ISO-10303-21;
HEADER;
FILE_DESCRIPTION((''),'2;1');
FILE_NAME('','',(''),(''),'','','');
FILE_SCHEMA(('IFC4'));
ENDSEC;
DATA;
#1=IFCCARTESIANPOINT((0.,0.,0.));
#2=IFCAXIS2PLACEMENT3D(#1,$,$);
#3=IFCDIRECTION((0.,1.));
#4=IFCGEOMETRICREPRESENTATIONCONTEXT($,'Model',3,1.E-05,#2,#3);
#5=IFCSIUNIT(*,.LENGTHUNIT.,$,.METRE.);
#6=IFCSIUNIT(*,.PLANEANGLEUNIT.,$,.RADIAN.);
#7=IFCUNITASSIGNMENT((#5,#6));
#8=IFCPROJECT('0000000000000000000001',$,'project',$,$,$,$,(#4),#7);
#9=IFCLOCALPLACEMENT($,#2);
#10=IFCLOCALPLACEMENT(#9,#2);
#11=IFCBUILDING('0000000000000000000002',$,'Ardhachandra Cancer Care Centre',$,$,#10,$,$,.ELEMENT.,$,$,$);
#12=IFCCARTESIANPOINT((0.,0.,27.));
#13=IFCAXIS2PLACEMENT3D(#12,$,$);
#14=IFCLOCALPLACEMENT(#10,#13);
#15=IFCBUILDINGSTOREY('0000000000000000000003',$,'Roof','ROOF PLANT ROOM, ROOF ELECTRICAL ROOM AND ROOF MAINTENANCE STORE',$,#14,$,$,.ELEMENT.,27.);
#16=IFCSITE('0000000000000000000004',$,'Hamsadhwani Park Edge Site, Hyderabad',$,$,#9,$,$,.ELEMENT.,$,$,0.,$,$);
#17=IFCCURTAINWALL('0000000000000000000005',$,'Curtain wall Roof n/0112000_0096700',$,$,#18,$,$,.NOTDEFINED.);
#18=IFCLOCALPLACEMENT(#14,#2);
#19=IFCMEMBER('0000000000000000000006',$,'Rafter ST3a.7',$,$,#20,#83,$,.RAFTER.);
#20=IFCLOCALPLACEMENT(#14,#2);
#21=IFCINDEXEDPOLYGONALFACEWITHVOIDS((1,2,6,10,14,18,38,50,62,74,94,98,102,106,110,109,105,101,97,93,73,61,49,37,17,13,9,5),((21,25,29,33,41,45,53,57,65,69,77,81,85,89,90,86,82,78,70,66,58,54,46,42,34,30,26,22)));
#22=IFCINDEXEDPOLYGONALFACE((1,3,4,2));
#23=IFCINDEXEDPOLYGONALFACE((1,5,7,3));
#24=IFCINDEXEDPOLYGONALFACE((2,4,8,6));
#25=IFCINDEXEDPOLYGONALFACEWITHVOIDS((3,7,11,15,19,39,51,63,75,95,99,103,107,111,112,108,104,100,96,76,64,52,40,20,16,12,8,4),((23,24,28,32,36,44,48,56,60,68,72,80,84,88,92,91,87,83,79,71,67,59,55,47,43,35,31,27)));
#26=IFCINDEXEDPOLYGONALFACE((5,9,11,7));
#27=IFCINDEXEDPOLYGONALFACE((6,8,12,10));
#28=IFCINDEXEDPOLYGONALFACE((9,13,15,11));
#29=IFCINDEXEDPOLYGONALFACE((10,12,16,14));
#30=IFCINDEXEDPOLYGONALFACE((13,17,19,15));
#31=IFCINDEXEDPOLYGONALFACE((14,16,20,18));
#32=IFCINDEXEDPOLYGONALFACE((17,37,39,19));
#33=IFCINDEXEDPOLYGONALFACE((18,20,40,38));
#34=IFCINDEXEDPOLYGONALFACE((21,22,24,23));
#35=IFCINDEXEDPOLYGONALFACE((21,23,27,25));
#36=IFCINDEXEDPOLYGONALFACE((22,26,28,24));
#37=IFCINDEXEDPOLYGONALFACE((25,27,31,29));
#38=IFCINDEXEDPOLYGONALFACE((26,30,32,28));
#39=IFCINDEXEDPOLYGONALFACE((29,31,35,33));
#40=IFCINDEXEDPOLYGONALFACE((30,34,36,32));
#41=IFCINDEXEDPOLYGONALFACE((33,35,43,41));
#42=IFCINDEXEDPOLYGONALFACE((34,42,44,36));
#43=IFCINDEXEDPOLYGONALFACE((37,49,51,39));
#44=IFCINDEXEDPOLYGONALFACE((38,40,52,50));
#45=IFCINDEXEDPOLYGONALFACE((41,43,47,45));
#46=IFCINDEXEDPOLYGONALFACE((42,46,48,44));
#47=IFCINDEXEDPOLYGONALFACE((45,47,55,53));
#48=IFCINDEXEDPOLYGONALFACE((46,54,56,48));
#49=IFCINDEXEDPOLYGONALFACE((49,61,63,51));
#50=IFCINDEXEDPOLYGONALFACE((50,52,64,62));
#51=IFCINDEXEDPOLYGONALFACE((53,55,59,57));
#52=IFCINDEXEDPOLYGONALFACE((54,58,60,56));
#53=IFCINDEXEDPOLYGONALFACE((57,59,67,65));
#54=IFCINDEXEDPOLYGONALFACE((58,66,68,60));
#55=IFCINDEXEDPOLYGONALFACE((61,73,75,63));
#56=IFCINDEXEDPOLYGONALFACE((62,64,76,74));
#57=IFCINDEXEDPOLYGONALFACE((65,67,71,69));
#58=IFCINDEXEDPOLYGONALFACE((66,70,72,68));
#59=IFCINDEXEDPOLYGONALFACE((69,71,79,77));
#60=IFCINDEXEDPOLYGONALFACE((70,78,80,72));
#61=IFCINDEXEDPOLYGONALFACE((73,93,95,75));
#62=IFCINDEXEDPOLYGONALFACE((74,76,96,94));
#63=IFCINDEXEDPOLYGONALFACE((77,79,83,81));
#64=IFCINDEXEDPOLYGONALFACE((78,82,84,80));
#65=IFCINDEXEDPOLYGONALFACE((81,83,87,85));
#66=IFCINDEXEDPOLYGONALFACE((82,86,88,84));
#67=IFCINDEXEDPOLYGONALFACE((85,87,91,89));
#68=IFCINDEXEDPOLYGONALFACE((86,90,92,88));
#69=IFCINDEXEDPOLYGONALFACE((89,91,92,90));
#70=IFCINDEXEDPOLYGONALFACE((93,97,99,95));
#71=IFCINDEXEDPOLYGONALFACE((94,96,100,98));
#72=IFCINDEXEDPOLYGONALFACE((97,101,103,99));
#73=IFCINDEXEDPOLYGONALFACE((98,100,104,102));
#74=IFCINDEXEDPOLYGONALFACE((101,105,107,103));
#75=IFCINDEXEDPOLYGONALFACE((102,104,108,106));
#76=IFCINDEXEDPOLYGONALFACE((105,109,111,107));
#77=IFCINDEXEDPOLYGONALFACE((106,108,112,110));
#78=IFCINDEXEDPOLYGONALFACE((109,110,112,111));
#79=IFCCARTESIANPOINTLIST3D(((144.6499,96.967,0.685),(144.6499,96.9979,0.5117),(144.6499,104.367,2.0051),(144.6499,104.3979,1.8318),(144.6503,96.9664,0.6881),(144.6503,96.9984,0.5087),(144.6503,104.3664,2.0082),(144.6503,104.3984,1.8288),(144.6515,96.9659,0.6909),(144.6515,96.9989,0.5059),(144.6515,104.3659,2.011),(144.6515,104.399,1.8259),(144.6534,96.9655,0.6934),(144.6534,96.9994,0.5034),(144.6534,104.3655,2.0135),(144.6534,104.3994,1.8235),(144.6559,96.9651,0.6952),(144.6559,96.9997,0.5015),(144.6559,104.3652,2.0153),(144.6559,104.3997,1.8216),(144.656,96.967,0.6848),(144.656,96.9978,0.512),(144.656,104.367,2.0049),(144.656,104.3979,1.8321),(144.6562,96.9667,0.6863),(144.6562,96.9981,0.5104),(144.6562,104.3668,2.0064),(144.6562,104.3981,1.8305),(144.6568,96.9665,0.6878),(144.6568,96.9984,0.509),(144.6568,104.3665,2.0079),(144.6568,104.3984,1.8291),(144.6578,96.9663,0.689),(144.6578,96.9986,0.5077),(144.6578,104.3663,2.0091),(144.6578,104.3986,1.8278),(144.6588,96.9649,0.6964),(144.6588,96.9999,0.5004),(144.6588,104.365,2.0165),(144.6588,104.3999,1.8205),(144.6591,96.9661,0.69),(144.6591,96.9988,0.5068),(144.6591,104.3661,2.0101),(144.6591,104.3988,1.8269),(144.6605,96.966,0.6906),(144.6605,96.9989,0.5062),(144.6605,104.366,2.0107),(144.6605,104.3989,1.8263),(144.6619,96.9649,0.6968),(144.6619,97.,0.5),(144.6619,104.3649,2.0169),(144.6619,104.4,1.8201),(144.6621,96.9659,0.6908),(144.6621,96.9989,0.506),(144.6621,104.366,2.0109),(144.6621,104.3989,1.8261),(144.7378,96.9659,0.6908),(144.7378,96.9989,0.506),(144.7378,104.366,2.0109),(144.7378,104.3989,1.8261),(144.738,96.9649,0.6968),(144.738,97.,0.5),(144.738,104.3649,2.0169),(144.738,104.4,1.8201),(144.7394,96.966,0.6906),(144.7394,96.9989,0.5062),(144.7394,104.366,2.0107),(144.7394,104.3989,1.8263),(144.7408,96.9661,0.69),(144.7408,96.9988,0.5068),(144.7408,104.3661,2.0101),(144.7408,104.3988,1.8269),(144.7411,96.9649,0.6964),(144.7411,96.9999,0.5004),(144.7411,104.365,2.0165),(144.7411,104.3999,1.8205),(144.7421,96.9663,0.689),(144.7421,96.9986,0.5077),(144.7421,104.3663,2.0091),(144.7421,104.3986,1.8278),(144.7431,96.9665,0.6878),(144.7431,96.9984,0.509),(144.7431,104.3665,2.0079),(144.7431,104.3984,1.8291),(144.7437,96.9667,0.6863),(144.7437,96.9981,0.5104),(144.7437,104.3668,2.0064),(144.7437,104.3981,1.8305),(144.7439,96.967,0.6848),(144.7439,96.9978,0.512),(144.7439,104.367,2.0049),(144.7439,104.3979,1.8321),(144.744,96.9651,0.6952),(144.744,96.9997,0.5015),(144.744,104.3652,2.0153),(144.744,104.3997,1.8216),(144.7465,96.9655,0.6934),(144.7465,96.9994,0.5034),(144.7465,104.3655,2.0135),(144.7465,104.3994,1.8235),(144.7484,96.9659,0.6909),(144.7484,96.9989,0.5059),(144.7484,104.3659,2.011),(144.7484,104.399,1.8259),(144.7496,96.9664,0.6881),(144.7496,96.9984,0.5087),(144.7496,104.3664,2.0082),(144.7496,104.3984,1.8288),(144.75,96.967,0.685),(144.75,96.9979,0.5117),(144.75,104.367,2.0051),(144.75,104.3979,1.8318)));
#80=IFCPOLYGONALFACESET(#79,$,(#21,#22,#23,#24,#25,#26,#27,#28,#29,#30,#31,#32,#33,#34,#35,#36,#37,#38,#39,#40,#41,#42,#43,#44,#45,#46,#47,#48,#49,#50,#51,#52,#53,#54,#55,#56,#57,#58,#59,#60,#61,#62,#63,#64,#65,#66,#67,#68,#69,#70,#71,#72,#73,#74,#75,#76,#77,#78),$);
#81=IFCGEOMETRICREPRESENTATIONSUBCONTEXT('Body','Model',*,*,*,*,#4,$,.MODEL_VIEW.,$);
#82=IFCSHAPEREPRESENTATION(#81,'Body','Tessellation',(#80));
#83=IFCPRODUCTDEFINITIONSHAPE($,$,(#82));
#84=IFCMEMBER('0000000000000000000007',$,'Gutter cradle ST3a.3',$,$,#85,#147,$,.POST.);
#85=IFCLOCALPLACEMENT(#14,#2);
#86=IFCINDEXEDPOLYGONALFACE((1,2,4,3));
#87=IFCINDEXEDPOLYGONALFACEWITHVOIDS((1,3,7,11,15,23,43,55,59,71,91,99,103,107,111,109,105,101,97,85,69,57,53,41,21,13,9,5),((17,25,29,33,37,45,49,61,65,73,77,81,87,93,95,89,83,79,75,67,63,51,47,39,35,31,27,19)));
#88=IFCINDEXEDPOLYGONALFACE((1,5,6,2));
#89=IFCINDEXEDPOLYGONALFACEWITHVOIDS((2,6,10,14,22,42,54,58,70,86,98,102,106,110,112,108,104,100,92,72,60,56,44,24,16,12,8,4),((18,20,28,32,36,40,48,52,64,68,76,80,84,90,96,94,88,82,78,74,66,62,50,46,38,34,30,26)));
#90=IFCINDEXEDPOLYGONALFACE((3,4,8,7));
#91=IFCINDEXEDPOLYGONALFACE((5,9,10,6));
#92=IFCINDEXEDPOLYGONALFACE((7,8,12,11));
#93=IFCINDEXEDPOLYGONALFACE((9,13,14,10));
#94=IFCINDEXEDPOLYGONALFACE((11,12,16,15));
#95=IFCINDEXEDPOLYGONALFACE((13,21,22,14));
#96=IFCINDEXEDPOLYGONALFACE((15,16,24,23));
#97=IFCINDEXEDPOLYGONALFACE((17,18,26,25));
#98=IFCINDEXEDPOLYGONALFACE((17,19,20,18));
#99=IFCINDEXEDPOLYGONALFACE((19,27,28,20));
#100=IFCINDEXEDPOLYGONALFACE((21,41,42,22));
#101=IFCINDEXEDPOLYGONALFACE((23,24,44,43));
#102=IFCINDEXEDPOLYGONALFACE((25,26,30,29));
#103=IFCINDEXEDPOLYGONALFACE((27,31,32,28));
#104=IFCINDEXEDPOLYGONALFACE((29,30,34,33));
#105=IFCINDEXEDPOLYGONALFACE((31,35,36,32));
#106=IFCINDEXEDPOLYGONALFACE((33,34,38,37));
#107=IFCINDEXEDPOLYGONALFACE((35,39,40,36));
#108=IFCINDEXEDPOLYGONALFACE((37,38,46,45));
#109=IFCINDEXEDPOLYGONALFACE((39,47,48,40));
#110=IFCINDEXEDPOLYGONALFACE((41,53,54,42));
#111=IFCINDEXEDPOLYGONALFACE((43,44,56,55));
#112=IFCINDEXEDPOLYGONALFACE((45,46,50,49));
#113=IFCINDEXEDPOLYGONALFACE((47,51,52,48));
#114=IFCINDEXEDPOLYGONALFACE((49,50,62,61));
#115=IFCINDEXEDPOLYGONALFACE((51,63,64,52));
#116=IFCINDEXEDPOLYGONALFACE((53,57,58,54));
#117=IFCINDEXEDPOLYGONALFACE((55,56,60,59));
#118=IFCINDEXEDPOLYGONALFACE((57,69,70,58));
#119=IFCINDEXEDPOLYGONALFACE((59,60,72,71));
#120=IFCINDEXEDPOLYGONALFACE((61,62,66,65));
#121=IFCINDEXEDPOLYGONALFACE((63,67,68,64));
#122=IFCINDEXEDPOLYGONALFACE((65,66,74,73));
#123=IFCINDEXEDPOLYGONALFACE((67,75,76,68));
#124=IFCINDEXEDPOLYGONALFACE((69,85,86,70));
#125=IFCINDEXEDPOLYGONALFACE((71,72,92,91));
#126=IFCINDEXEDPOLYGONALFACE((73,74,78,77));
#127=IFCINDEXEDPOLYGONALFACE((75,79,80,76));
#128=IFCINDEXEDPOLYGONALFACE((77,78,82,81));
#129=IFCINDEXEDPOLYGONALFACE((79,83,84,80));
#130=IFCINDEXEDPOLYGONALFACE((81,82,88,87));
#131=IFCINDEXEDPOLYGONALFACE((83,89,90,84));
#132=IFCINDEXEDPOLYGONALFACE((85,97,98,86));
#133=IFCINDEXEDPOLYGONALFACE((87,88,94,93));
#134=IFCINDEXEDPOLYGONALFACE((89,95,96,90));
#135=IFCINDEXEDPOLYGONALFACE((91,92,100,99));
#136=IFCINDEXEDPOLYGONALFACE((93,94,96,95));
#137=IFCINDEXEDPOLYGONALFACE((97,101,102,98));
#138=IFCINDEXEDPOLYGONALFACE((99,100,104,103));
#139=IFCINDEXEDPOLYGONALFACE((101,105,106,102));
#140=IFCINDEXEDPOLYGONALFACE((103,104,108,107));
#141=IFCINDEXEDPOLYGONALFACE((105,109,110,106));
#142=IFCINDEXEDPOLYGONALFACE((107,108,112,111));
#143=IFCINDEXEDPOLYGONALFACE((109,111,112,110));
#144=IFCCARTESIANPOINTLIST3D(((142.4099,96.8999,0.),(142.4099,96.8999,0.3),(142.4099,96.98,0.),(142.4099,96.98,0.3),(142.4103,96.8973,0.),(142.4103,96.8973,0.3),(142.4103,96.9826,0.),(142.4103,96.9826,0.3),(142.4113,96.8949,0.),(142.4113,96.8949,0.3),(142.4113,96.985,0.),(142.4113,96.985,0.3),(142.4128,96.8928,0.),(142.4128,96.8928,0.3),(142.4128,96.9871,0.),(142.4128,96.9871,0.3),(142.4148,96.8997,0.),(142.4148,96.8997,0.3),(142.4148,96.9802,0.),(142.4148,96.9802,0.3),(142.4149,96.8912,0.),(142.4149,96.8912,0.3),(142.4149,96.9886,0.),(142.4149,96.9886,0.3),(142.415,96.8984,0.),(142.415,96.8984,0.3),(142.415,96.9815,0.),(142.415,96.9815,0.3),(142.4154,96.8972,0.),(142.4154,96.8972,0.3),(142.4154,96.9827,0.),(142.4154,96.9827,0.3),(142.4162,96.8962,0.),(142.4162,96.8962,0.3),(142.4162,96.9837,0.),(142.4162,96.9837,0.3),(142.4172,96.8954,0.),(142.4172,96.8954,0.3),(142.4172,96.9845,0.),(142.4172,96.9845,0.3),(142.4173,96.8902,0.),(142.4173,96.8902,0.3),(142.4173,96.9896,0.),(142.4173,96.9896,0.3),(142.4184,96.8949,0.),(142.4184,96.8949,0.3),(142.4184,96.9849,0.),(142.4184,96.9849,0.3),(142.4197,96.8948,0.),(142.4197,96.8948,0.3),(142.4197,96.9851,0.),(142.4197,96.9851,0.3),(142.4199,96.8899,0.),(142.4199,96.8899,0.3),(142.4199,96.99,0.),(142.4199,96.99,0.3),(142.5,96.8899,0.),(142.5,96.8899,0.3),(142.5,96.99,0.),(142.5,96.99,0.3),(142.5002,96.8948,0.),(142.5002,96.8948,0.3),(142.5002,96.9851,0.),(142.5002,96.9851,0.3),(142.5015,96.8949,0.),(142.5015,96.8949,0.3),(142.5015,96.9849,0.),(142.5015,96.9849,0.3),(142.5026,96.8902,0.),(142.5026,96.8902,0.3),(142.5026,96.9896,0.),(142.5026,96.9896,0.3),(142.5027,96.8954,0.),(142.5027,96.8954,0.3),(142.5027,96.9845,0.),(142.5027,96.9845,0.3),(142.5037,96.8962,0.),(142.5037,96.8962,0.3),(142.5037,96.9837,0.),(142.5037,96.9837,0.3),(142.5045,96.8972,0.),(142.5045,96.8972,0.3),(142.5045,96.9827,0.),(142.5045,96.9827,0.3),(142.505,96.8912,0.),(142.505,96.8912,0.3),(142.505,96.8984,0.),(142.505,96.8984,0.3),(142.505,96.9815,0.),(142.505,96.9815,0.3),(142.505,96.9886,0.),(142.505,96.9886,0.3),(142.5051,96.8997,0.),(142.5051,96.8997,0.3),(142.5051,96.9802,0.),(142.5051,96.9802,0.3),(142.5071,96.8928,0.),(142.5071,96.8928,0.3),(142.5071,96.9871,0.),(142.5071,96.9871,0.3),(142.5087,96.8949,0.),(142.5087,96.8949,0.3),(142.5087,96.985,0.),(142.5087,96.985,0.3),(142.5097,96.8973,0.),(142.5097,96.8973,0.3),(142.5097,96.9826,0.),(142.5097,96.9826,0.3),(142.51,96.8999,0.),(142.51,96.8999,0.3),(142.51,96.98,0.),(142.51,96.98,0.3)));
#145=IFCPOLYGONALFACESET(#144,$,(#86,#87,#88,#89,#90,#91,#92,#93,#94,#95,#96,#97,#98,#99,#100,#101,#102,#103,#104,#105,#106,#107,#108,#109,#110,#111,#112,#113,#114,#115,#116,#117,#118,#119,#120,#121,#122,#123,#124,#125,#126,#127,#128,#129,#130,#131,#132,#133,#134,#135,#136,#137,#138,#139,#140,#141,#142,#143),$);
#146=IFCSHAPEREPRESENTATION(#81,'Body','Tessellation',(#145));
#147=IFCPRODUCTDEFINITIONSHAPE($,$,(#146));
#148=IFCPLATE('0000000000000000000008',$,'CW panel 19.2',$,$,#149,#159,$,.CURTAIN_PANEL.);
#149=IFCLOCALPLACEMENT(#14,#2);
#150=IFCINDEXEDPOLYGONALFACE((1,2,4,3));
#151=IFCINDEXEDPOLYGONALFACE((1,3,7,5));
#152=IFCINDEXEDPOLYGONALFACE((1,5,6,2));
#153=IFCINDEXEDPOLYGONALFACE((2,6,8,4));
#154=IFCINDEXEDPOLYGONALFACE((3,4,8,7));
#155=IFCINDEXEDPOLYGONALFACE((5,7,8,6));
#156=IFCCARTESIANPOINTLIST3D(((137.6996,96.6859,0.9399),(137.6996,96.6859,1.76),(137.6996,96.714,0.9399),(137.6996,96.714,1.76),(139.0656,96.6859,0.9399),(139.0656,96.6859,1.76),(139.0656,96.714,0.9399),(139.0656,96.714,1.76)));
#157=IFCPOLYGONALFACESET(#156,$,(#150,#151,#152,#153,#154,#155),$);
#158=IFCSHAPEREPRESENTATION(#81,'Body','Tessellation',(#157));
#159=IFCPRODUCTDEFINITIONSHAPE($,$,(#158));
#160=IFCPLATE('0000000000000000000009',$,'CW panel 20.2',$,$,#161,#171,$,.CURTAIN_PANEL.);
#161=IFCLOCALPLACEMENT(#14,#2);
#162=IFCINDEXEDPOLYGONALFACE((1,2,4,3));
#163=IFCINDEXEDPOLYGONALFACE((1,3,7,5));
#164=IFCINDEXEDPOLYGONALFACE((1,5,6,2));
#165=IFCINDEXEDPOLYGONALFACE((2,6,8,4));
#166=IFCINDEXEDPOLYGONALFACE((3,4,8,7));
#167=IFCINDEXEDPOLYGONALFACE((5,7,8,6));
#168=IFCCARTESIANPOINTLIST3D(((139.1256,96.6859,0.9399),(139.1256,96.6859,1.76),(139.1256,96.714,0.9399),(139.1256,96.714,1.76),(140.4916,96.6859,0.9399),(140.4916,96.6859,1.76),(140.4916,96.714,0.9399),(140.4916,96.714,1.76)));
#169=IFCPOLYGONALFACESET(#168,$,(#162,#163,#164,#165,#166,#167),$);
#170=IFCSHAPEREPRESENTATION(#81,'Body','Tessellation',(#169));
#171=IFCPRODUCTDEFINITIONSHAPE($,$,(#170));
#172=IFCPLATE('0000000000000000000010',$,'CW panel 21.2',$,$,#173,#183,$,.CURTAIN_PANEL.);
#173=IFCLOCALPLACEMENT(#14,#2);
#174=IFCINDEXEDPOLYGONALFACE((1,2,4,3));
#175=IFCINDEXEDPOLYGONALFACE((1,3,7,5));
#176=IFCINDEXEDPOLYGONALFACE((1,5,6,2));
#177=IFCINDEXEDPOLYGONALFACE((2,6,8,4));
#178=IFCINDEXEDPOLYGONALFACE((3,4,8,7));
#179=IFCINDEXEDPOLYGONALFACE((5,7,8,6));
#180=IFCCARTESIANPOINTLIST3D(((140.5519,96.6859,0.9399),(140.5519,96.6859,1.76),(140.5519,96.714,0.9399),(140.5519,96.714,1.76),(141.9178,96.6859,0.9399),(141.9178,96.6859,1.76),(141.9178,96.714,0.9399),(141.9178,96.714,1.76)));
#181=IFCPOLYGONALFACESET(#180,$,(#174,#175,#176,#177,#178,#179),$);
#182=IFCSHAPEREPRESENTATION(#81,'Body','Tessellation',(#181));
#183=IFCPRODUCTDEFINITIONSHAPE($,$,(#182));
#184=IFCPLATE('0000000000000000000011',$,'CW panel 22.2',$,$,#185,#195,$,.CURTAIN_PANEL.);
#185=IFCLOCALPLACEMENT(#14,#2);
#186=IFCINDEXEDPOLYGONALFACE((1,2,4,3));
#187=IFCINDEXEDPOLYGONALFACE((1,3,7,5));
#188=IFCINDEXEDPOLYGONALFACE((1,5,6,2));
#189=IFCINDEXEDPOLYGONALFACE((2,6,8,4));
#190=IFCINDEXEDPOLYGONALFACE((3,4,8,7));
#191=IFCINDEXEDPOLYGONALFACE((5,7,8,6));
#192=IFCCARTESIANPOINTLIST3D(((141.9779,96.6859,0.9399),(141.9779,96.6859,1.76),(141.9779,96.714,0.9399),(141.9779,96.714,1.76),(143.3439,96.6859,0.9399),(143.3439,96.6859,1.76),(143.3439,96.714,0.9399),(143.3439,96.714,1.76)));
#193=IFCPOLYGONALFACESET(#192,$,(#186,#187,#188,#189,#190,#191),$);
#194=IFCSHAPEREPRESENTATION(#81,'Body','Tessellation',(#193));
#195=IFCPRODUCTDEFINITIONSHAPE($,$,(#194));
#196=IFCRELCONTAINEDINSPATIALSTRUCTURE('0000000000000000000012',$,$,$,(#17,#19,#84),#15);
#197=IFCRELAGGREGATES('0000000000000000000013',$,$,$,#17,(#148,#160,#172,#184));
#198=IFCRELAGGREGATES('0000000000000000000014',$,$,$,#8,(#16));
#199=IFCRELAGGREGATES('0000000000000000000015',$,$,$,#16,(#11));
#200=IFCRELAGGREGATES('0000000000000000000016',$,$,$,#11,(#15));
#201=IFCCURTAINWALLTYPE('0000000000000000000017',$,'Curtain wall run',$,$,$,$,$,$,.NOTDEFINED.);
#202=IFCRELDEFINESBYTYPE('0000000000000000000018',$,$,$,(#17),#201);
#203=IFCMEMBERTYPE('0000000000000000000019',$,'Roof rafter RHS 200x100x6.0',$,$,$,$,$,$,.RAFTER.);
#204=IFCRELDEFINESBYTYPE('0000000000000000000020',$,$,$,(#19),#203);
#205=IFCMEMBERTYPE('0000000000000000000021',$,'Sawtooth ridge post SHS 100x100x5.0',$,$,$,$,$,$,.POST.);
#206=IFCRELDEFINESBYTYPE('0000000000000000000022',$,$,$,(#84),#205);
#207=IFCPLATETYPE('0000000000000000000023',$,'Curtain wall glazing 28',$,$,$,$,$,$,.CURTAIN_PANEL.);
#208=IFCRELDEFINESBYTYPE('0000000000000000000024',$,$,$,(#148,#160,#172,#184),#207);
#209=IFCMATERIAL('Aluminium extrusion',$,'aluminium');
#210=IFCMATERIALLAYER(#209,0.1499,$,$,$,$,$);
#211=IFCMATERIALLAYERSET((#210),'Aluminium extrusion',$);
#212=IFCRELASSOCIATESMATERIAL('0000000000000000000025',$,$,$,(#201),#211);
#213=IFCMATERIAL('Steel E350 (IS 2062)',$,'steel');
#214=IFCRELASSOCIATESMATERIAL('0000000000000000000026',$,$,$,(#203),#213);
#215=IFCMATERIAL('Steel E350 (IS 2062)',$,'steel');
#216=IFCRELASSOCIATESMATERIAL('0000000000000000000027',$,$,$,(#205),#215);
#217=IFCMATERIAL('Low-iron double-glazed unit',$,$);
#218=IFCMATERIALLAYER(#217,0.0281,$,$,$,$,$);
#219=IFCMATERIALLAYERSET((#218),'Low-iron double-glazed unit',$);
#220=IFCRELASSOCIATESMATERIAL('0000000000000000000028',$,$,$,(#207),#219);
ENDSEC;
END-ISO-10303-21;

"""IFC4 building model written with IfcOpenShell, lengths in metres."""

from ifc_helpers import new_model, si_unit, direction, frame, origin, origin_2d, place, context, subcontext, project, spatial, rectangle, hollow_rectangle, extrude, material, layer, layer_set, material_profile, profile_set, type_object, element, aggregate, save


model = new_model("IFC4")

# Units and contexts
model_context = context("Model", 3, precision=1e-05, world=origin(), true_north=direction((0.0, 1.0)))
body_context = subcontext(model_context, "Body", "Model", "MODEL_VIEW")
ifc_project = project(units=[si_unit("LENGTHUNIT", "METRE"), si_unit("PLANEANGLEUNIT", "RADIAN")], contexts=[model_context])

# Site, building, storey
site_placement = place(None, origin())
site = spatial("IfcSite", under=ifc_project, at=site_placement, Name="Hamsadhwani Park Edge Site, Hyderabad", CompositionType="ELEMENT", RefElevation=0.0)
building_placement = place(site_placement, origin())
building = spatial("IfcBuilding", under=site, at=building_placement, Name="Ardhachandra Cancer Care Centre", CompositionType="ELEMENT")
storey_placement = place(building_placement, frame((0.0, 0.0, 27.0)))
storey = spatial("IfcBuildingStorey", under=building, at=storey_placement, Name="Roof", Description="ROOF PLANT ROOM, ROOF ELECTRICAL ROOM AND ROOF MAINTENANCE STORE", CompositionType="ELEMENT", Elevation=27.0)

# Curtain wall
ifc_material_1 = material(Name="Aluminium extrusion", Category="aluminium")
ifc_layer_1 = layer(ifc_material_1, 0.1499)
ifc_layer_set_1 = layer_set([ifc_layer_1], Name="Aluminium extrusion")
curtain_wall_type = type_object("IfcCurtainWallType", Name="Curtain wall run", PredefinedType="NOTDEFINED", material=ifc_layer_set_1)
curtain_wall_placement = place(storey_placement, origin())
curtain_wall = element("IfcCurtainWall", 1, at=curtain_wall_placement, inside=storey, type_object=curtain_wall_type, Name="Curtain wall Roof n/0112000_0096700", PredefinedType="NOTDEFINED")

# Members
ifc_material_2 = material(Name="Steel E350 (IS 2062)", Category="steel")
ifc_material_profile_1 = material_profile(ifc_material_2, hollow_rectangle(XDim=0.1001, YDim=0.2, WallThickness=0.0061, InnerFilletRadius=0.0061, OuterFilletRadius=0.012, at=origin_2d()), Name="RHS 200x100x6.0")
ifc_profile_set_1 = profile_set([ifc_material_profile_1], Name="Steel E350 (IS 2062)")
member_type_1 = type_object("IfcMemberType", Name="Roof rafter RHS 200x100x6.0", PredefinedType="RAFTER", material=ifc_profile_set_1)
for number, where, z_axis, x_axis, name in (
    (2, (144.7, 96.9824, 0.5984), (0.0, 0.984458, 0.175618), (-1.0, 0.0, 0.0), "Rafter ST3a.7"),
):
    element("IfcMember", number, at=place(storey_placement, frame(where, z_axis=z_axis, x_axis=x_axis)), inside=storey, type_object=member_type_1, Name=name, PredefinedType="RAFTER", context=body_context, shape_type="SweptSolid", body=[
        extrude(hollow_rectangle(XDim=0.1001, YDim=0.2, WallThickness=0.0061, InnerFilletRadius=0.0061, OuterFilletRadius=0.012, at=origin_2d()), origin(), (0.0, 0.0, 1.0), 7.5168),
    ])
ifc_material_3 = material(Name="Steel E350 (IS 2062)", Category="steel")
ifc_material_profile_2 = material_profile(ifc_material_3, hollow_rectangle(XDim=0.1001, YDim=0.1001, WallThickness=0.0049, InnerFilletRadius=0.0049, OuterFilletRadius=0.01, at=origin_2d()), Name="SHS 100x100x5.0")
ifc_profile_set_2 = profile_set([ifc_material_profile_2], Name="Steel E350 (IS 2062)")
member_type_2 = type_object("IfcMemberType", Name="Sawtooth ridge post SHS 100x100x5.0", PredefinedType="POST", material=ifc_profile_set_2)
member_1_placement = place(storey_placement, frame((142.46, 96.9399, 0.0), z_axis=(0.0, 0.0, 1.0), x_axis=(1.0, 0.0, 0.0)))
element("IfcMember", 3, at=member_1_placement, inside=storey, type_object=member_type_2, Name="Gutter cradle ST3a.3", PredefinedType="POST", context=body_context, shape_type="SweptSolid", body=[
    extrude(hollow_rectangle(XDim=0.1001, YDim=0.1001, WallThickness=0.0049, InnerFilletRadius=0.0049, OuterFilletRadius=0.01, at=origin_2d()), origin(), (0.0, 0.0, 1.0), 0.3),
])

# Plates
ifc_material_4 = material(Name="Low-iron double-glazed unit")
ifc_layer_2 = layer(ifc_material_4, 0.0281)
ifc_layer_set_2 = layer_set([ifc_layer_2], Name="Low-iron double-glazed unit")
plate_type_1 = type_object("IfcPlateType", Name="Curtain wall glazing 28", PredefinedType="CURTAIN_PANEL", material=ifc_layer_set_2)
plate_1_placement = place(storey_placement, frame((138.3826, 96.7, 0.9399), z_axis=(0.0, 0.0, 1.0), x_axis=(1.0, 0.0, 0.0)))
plate_1 = element("IfcPlate", 4, at=plate_1_placement, type_object=plate_type_1, Name="CW panel 19.2", PredefinedType="CURTAIN_PANEL", context=body_context, shape_type="SweptSolid", body=[
    extrude(rectangle(XDim=1.366, YDim=0.0281, at=origin_2d()), origin(), (0.0, 0.0, 1.0), 0.8201),
])
plate_2_placement = place(storey_placement, frame((139.8086, 96.7, 0.9399), z_axis=(0.0, 0.0, 1.0), x_axis=(1.0, 0.0, 0.0)))
plate_2 = element("IfcPlate", 5, at=plate_2_placement, type_object=plate_type_1, Name="CW panel 20.2", PredefinedType="CURTAIN_PANEL", context=body_context, shape_type="SweptSolid", body=[
    extrude(rectangle(XDim=1.366, YDim=0.0281, at=origin_2d()), origin(), (0.0, 0.0, 1.0), 0.8201),
])
plate_3_placement = place(storey_placement, frame((141.2349, 96.7, 0.9399), z_axis=(0.0, 0.0, 1.0), x_axis=(1.0, 0.0, 0.0)))
plate_3 = element("IfcPlate", 6, at=plate_3_placement, type_object=plate_type_1, Name="CW panel 21.2", PredefinedType="CURTAIN_PANEL", context=body_context, shape_type="SweptSolid", body=[
    extrude(rectangle(XDim=1.366, YDim=0.0281, at=origin_2d()), origin(), (0.0, 0.0, 1.0), 0.8201),
])
plate_4_placement = place(storey_placement, frame((142.6609, 96.7, 0.9399), z_axis=(0.0, 0.0, 1.0), x_axis=(1.0, 0.0, 0.0)))
plate_4 = element("IfcPlate", 7, at=plate_4_placement, type_object=plate_type_1, Name="CW panel 22.2", PredefinedType="CURTAIN_PANEL", context=body_context, shape_type="SweptSolid", body=[
    extrude(rectangle(XDim=1.366, YDim=0.0281, at=origin_2d()), origin(), (0.0, 0.0, 1.0), 0.8201),
])
aggregate(curtain_wall, [plate_1, plate_2, plate_3, plate_4])

save(model, "model.ifc")
